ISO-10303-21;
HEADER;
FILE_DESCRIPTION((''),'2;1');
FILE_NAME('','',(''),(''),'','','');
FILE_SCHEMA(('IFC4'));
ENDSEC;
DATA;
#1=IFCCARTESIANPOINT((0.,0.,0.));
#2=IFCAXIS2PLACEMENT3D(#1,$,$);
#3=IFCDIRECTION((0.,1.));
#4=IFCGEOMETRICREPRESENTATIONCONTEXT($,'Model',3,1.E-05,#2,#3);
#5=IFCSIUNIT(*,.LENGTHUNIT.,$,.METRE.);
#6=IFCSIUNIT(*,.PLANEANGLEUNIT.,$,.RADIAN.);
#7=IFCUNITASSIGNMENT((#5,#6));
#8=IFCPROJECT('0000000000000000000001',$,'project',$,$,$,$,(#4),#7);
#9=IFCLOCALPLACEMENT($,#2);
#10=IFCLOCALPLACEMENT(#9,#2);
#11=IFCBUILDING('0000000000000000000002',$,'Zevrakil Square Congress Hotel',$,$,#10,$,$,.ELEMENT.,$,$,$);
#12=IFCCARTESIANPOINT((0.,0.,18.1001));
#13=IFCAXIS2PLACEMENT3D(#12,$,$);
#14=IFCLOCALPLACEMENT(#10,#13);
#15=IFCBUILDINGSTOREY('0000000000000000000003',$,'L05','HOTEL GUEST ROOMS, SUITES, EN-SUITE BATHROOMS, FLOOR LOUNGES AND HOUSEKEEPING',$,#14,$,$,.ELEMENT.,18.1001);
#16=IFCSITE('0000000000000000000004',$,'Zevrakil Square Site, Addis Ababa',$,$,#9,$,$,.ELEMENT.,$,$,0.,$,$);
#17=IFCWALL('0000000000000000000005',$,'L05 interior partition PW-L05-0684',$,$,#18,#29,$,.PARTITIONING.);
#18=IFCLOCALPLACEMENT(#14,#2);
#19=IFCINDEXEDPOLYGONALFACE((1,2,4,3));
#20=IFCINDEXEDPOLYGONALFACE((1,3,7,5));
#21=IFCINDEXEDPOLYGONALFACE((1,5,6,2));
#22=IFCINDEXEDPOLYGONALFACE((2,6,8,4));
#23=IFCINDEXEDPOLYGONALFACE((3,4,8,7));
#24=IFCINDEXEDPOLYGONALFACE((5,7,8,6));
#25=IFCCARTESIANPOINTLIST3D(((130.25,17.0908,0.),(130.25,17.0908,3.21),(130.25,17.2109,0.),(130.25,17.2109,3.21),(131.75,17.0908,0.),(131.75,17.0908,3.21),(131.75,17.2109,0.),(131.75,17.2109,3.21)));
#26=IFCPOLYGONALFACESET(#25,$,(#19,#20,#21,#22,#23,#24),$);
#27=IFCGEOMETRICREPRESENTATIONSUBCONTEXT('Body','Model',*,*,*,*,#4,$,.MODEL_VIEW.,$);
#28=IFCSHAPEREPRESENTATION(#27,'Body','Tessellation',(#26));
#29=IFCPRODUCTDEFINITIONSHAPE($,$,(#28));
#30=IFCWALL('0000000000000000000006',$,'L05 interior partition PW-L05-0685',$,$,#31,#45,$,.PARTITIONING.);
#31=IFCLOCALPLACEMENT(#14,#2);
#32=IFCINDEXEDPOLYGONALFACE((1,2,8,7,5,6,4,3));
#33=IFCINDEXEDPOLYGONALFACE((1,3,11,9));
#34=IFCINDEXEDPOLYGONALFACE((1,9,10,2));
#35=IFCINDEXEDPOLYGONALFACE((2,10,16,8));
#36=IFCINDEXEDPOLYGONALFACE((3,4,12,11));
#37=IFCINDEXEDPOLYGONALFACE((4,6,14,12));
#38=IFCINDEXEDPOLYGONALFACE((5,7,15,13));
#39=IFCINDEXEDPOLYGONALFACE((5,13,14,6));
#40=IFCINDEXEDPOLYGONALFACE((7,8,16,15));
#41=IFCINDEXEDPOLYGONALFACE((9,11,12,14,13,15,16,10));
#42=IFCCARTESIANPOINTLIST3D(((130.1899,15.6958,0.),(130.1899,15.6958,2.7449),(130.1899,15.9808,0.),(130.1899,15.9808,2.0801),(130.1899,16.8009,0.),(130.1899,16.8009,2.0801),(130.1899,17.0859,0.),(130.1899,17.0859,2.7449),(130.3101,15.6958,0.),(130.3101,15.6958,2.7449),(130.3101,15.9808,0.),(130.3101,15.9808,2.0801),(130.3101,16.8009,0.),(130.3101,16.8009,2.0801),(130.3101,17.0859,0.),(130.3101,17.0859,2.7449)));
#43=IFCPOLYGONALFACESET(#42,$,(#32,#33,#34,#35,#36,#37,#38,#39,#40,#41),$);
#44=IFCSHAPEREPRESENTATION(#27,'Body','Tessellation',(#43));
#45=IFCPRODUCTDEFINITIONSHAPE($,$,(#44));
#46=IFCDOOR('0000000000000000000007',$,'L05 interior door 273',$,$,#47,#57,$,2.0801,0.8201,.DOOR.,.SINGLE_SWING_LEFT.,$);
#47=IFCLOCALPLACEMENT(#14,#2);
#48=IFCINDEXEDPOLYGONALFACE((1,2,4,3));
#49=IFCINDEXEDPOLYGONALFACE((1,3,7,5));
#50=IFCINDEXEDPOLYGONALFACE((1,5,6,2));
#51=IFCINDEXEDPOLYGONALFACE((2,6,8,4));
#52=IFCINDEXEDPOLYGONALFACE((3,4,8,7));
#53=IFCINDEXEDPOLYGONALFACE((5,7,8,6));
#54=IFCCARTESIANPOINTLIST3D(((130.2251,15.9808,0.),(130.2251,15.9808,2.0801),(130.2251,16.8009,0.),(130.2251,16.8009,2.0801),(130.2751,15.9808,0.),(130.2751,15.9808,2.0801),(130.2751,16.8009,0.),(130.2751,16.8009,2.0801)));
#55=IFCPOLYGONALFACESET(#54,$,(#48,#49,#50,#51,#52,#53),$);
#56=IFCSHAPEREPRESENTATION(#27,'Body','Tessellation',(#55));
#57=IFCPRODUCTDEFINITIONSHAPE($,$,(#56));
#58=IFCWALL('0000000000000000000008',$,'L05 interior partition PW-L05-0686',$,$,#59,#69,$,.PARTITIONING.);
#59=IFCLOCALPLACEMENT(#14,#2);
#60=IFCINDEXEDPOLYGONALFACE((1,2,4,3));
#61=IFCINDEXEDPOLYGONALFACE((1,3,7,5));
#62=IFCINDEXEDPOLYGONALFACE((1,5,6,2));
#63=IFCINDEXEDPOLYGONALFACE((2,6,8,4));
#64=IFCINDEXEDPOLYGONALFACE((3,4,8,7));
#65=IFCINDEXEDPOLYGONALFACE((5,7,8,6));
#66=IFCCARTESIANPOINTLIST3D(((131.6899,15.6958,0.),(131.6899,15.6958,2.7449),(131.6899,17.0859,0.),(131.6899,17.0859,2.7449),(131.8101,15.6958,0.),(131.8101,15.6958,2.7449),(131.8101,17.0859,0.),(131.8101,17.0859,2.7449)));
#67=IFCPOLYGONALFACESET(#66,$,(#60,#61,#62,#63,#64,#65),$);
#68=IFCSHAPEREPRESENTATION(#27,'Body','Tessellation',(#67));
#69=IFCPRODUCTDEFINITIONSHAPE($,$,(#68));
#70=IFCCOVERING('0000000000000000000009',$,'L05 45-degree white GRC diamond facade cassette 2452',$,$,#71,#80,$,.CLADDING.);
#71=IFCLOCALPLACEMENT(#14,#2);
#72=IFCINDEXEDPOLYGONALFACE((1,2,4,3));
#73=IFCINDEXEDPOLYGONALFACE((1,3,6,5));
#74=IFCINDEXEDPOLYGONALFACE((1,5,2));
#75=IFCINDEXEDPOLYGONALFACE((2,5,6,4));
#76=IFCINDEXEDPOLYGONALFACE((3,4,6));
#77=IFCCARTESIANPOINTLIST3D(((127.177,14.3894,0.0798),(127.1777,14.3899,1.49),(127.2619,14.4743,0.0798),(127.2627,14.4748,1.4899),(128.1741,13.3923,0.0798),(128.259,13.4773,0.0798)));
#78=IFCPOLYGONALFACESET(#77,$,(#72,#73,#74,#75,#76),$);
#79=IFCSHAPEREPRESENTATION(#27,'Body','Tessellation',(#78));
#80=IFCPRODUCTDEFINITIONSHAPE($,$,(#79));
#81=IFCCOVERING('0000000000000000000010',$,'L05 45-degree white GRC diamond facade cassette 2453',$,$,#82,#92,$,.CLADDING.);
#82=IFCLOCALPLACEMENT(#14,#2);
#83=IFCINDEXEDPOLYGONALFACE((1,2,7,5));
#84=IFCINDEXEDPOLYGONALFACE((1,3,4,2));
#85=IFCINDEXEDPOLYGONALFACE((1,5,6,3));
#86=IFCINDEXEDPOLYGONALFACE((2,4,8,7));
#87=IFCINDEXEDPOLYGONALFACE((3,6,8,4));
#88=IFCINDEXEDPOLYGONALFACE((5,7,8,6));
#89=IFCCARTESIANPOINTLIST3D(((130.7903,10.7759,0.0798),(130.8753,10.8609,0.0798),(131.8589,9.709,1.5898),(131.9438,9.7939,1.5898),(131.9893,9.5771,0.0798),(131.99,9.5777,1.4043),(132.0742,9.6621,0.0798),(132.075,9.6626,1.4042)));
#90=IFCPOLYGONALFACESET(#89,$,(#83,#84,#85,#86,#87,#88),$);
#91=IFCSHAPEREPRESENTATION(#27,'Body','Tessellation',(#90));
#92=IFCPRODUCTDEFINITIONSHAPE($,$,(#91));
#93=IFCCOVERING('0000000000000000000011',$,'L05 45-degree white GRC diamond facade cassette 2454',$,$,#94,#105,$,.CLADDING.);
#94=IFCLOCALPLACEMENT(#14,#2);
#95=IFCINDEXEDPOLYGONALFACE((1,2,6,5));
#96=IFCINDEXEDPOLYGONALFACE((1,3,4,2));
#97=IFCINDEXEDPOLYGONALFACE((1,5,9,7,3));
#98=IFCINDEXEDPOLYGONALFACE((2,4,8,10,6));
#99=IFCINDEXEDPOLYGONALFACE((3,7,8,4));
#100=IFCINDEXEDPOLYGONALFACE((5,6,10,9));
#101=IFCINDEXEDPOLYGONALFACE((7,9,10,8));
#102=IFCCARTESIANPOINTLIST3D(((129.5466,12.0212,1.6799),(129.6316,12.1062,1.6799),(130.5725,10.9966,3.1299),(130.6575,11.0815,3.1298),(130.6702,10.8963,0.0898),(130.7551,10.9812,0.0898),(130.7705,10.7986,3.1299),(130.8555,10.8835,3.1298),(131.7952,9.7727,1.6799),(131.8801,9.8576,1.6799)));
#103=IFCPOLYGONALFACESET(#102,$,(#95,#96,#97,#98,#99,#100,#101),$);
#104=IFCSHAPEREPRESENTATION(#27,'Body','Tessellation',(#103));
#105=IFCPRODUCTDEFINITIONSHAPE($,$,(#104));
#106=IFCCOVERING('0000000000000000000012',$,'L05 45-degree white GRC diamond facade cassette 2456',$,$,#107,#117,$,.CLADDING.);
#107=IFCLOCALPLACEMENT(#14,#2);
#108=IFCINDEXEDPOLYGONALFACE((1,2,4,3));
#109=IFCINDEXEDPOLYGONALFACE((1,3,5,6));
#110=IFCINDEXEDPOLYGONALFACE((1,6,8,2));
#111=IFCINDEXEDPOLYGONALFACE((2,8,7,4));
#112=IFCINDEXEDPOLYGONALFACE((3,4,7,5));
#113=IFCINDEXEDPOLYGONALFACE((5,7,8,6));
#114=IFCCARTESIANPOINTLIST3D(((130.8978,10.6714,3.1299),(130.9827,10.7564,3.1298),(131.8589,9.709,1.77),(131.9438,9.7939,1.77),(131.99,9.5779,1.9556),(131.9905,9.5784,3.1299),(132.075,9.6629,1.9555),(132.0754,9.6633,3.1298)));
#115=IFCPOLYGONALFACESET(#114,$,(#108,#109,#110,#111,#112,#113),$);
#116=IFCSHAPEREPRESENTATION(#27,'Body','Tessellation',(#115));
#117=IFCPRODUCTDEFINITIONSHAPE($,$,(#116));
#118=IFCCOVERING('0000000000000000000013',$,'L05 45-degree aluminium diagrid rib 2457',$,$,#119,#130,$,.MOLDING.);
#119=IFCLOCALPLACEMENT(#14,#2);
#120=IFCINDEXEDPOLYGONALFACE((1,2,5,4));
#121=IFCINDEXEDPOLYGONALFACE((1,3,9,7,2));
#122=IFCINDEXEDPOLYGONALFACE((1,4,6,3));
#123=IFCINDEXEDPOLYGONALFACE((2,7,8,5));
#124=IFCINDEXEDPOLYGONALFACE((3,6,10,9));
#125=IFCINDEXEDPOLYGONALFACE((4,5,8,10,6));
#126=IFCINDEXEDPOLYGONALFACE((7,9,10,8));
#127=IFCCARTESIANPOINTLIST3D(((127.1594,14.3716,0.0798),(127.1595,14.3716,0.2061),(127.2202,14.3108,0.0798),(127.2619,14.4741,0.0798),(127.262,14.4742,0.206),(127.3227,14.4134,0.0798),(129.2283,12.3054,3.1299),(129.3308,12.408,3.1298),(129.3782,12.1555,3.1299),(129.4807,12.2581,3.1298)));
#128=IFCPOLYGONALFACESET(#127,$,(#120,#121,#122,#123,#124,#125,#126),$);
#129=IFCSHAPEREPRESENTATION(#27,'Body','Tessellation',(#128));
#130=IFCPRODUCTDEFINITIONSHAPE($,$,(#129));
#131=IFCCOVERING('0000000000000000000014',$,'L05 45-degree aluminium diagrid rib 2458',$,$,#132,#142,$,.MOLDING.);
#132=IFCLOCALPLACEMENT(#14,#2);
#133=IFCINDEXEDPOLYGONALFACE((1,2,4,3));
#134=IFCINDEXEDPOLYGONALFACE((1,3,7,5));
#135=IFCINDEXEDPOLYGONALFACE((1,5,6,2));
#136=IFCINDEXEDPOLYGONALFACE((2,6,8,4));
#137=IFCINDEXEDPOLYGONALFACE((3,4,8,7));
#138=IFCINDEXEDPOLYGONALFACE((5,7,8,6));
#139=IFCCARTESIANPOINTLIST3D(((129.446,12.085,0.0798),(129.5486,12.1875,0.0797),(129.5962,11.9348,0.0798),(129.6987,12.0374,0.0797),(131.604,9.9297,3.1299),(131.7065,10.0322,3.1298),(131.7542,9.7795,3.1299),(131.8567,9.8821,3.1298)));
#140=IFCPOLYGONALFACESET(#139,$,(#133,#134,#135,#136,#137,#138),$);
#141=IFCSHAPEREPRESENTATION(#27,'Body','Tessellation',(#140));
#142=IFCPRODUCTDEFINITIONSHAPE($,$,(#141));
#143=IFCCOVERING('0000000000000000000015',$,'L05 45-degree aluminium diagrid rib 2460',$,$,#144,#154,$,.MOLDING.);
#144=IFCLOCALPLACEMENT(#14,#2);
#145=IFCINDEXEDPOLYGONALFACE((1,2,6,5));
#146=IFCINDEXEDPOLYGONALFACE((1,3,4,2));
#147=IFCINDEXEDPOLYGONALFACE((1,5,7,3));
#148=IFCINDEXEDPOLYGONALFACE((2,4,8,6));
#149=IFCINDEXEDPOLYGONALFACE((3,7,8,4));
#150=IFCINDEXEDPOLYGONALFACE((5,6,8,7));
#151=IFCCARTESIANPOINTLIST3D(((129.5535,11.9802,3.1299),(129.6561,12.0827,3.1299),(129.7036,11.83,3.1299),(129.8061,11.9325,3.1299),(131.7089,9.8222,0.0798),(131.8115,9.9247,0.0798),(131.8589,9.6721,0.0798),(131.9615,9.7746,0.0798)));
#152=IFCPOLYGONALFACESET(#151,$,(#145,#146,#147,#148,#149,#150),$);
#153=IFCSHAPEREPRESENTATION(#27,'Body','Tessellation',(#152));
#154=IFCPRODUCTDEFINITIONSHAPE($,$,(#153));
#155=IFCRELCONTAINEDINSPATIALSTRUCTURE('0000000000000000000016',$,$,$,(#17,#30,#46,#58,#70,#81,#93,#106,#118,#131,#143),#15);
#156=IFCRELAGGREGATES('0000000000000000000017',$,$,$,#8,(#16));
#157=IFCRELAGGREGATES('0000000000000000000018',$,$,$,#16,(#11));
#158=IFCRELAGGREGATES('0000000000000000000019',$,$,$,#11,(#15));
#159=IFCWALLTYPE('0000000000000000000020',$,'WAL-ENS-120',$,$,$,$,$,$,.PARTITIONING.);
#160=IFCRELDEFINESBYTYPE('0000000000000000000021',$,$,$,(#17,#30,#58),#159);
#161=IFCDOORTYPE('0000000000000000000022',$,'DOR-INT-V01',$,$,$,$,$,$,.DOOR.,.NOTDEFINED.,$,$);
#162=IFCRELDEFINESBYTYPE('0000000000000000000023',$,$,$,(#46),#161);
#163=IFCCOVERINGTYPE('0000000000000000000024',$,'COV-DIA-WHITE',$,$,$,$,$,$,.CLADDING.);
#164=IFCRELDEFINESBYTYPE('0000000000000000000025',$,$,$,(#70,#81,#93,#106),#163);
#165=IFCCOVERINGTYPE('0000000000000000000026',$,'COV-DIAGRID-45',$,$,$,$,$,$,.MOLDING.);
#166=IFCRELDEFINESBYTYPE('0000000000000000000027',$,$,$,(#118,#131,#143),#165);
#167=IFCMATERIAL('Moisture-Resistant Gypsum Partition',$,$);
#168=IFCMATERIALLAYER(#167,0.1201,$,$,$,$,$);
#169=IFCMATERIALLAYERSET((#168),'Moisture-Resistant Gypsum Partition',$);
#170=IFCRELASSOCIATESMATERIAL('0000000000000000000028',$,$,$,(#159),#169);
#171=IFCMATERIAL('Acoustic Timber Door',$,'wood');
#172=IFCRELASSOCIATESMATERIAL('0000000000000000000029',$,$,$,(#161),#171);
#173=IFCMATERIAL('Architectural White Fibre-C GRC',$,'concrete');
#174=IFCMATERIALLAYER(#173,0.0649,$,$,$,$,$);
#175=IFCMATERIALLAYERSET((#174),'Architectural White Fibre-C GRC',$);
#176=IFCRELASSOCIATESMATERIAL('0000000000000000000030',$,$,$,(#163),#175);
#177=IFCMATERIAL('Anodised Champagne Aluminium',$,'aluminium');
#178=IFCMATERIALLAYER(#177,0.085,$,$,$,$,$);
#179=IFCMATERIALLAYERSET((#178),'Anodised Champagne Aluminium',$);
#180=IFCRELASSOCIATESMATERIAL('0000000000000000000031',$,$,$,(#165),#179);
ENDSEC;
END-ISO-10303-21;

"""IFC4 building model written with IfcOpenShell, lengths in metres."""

from ifc_helpers import new_model, si_unit, direction, frame, frame_2d, origin, place, context, subcontext, project, spatial, polyline, rectangle, outline, extrude, material, layer, layer_set, type_object, element, fill, save


model = new_model("IFC4")

# Units and contexts
model_context = context("Model", 3, precision=1e-05, world=origin(), true_north=direction((0.0, 1.0)))
body_context = subcontext(model_context, "Body", "Model", "MODEL_VIEW")
ifc_project = project(units=[si_unit("LENGTHUNIT", "METRE"), si_unit("PLANEANGLEUNIT", "RADIAN")], contexts=[model_context])

# Site, building, storey
site_placement = place(None, origin())
site = spatial("IfcSite", under=ifc_project, at=site_placement, Name="Zevrakil Square Site, Addis Ababa", CompositionType="ELEMENT", RefElevation=0.0)
building_placement = place(site_placement, origin())
building = spatial("IfcBuilding", under=site, at=building_placement, Name="Zevrakil Square Congress Hotel", CompositionType="ELEMENT")
storey_placement = place(building_placement, frame((0.0, 0.0, 18.1001)))
storey = spatial("IfcBuildingStorey", under=building, at=storey_placement, Name="L05", Description="HOTEL GUEST ROOMS, SUITES, EN-SUITE BATHROOMS, FLOOR LOUNGES AND HOUSEKEEPING", CompositionType="ELEMENT", Elevation=18.1001)

# Shared definitions
ifc_material_1 = material(Name="Moisture-Resistant Gypsum Partition")
ifc_layer_1 = layer(ifc_material_1, 0.1201)
ifc_layer_set_1 = layer_set([ifc_layer_1], Name="Moisture-Resistant Gypsum Partition")
wall_type = type_object("IfcWallType", Name="WAL-ENS-120", PredefinedType="PARTITIONING", material=ifc_layer_set_1)

# Shared definitions
ifc_material_2 = material(Name="Acoustic Timber Door", Category="wood")
door_type = type_object("IfcDoorType", Name="DOR-INT-V01", OperationType="NOTDEFINED", PredefinedType="DOOR", material=ifc_material_2)

# Wall
for number, where, z_axis, x_axis, name in (
    (1, (130.25, 17.1509, 0.0), (0.0, 0.0, 1.0), (1.0, 0.0, 0.0), "L05 interior partition PW-L05-0684"),
):
    element("IfcWall", number, at=place(storey_placement, frame(where, z_axis=z_axis, x_axis=x_axis)), inside=storey, type_object=wall_type, Name=name, PredefinedType="PARTITIONING", context=body_context, shape_type="SweptSolid", body=[
        extrude(rectangle(XDim=1.5, YDim=0.1201, at=frame_2d((0.75, 0.0))), origin(), (0.0, 0.0, 1.0), 3.21),
    ])

# Wall, opening, door
wall_1_placement = place(storey_placement, frame((130.25, 15.6958, 0.0), z_axis=(0.0, 0.0, 1.0), x_axis=(0.0, 1.0, 0.0)))
wall_1 = element("IfcWall", 2, at=wall_1_placement, inside=storey, type_object=wall_type, Name="L05 interior partition PW-L05-0685", PredefinedType="PARTITIONING", context=body_context, shape_type="SweptSolid", body=[
    extrude(rectangle(XDim=1.3901, YDim=0.1201, at=frame_2d((0.6951, 0.0))), origin(), (0.0, 0.0, 1.0), 2.7449),
])
opening_1_placement = place(wall_1_placement, frame((0.2849, 0.0, 0.0)))
opening_1 = element("IfcOpeningElement", 3, at=opening_1_placement, cuts=wall_1, PredefinedType="OPENING", context=body_context, shape_type="SweptSolid", body=[
    extrude(rectangle(XDim=0.8201, YDim=2.0801, at=frame_2d((0.4102, 1.04))), frame((0.0, 0.0701, 0.0), z_axis=(0.0, -1.0, 0.0), x_axis=(1.0, 0.0, 0.0)), (0.0, 0.0, 1.0), 0.1401),
])
door_1_placement = place(opening_1_placement, origin())
door_1 = element("IfcDoor", 4, at=door_1_placement, inside=storey, type_object=door_type, Name="L05 interior door 273", OperationType="SINGLE_SWING_LEFT", OverallHeight=2.0801, OverallWidth=0.8201, PredefinedType="DOOR", context=body_context, shape_type="SweptSolid", body=[
    extrude(rectangle(XDim=0.8201, YDim=2.0801, at=frame_2d((0.4102, 1.04))), frame((0.0, 0.0249, 0.0), z_axis=(0.0, -1.0, 0.0), x_axis=(1.0, 0.0, 0.0)), (0.0, 0.0, 1.0), 0.05),
])
fill(opening_1, door_1)

# Wall
wall_2_placement = place(storey_placement, frame((131.75, 15.6958, 0.0), z_axis=(0.0, 0.0, 1.0), x_axis=(0.0, 1.0, 0.0)))
element("IfcWall", 5, at=wall_2_placement, inside=storey, type_object=wall_type, Name="L05 interior partition PW-L05-0686", PredefinedType="PARTITIONING", context=body_context, shape_type="SweptSolid", body=[
    extrude(rectangle(XDim=1.3901, YDim=0.1201, at=frame_2d((0.6951, 0.0))), origin(), (0.0, 0.0, 1.0), 2.7449),
])

# Coverings
ifc_material_3 = material(Name="Architectural White Fibre-C GRC", Category="concrete")
ifc_layer_2 = layer(ifc_material_3, 0.0649)
ifc_layer_set_2 = layer_set([ifc_layer_2], Name="Architectural White Fibre-C GRC")
covering_type_1 = type_object("IfcCoveringType", Name="COV-DIA-WHITE", PredefinedType="CLADDING", material=ifc_layer_set_2)
covering_1_placement = place(storey_placement, frame((128.1741, 13.3923, 0.0798), z_axis=(-0.707107, -0.707107, 0.000612), x_axis=(-0.707107, 0.707107, 0.0)))
element("IfcCovering", 6, at=covering_1_placement, inside=storey, type_object=covering_type_1, Name="L05 45-degree white GRC diamond facade cassette 2452", PredefinedType="CLADDING", context=body_context, shape_type="SweptSolid", body=[
    extrude(outline(polyline([(0.0, 0.0), (1.4101, 0.0), (1.4099, -1.4102), (0.0, 0.0)])), origin(), (0.0, 0.0, -1.0), 0.1201),
])
covering_2_placement = place(storey_placement, frame((131.8589, 9.709, 1.5898), z_axis=(-0.707058, -0.707155, 0.000694), x_axis=(0.499733, -0.500359, -0.707042)))
element("IfcCovering", 7, at=covering_2_placement, inside=storey, type_object=covering_type_1, Name="L05 45-degree white GRC diamond facade cassette 2453", PredefinedType="CLADDING", context=body_context, shape_type="SweptSolid", body=[
    extrude(outline(polyline([(0.0, 0.0), (0.2624, 0.0), (1.1988, -0.9367), (-0.0002, -2.1355), (0.0, 0.0)])), origin(), (0.0, 0.0, -1.0), 0.1201),
])
covering_3_placement = place(storey_placement, frame((131.7952, 9.7727, 1.6799), z_axis=(-0.707107, -0.707107, 0.000623), x_axis=(-0.500291, 0.499667, -0.707136)))
element("IfcCovering", 8, at=covering_3_placement, inside=storey, type_object=covering_type_1, Name="L05 45-degree white GRC diamond facade cassette 2454", PredefinedType="CLADDING", context=body_context, shape_type="SweptSolid", body=[
    extrude(outline(polyline([(0.0, 0.0), (2.2486, 0.0), (2.2484, -2.2486), (0.1979, -2.2485), (-0.0001, -2.0505), (0.0, 0.0)])), origin(), (0.0, 0.0, -1.0), 0.1201),
])
covering_4_placement = place(storey_placement, frame((131.8589, 9.709, 1.77), z_axis=(-0.707217, -0.706996, 0.000529), x_axis=(-0.499715, 0.500401, 0.707025)))
element("IfcCovering", 9, at=covering_4_placement, inside=storey, type_object=covering_type_1, Name="L05 45-degree white GRC diamond facade cassette 2456", PredefinedType="CLADDING", context=body_context, shape_type="SweptSolid", body=[
    extrude(outline(polyline([(0.0, 0.0), (1.9234, 0.0), (0.8303, -1.0928), (0.0001, -0.2623), (0.0, 0.0)])), origin(), (0.0, 0.0, -1.0), 0.1201),
])
ifc_material_4 = material(Name="Anodised Champagne Aluminium", Category="aluminium")
ifc_layer_3 = layer(ifc_material_4, 0.085)
ifc_layer_set_3 = layer_set([ifc_layer_3], Name="Anodised Champagne Aluminium")
covering_type_2 = type_object("IfcCoveringType", Name="COV-DIAGRID-45", PredefinedType="MOLDING", material=ifc_layer_set_3)
covering_5_placement = place(storey_placement, frame((127.2202, 14.3108, 0.0798), z_axis=(-0.706974, -0.707239, 0.000443), x_axis=(-0.707239, 0.706974, 0.0)))
element("IfcCovering", 10, at=covering_5_placement, inside=storey, type_object=covering_type_2, Name="L05 45-degree aluminium diagrid rib 2457", PredefinedType="MOLDING", context=body_context, shape_type="SweptSolid", body=[
    extrude(outline(polyline([(0.0, 0.0), (0.086, 0.0), (0.086, -0.1262), (-2.8379, -3.05), (-3.0499, -3.05), (0.0, 0.0)])), origin(), (0.0, 0.0, -1.0), 0.145),
])
covering_6_placement = place(storey_placement, frame((129.5962, 11.9348, 0.0798), z_axis=(-0.707107, -0.707107, 0.000623), x_axis=(-0.707107, 0.707107, 0.0)))
element("IfcCovering", 11, at=covering_6_placement, inside=storey, type_object=covering_type_2, Name="L05 45-degree aluminium diagrid rib 2458", PredefinedType="MOLDING", context=body_context, shape_type="SweptSolid", body=[
    extrude(outline(polyline([(0.0, 0.0), (0.2123, 0.0), (-2.8376, -3.05), (-3.0499, -3.05), (0.0, 0.0)])), origin(), (0.0, 0.0, -1.0), 0.145),
])
covering_7_placement = place(storey_placement, frame((129.5535, 11.9802, 3.1299), z_axis=(-0.707394, -0.706819, 0.000188), x_axis=(0.706819, -0.707394, 0.0)))
element("IfcCovering", 12, at=covering_7_placement, inside=storey, type_object=covering_type_2, Name="L05 45-degree aluminium diagrid rib 2460", PredefinedType="MOLDING", context=body_context, shape_type="SweptSolid", body=[
    extrude(outline(polyline([(0.0, 0.0), (0.2123, 0.0), (3.2623, -3.05), (3.0501, -3.05), (0.0, 0.0)])), origin(), (0.0, 0.0, -1.0), 0.145),
])

save(model, "model.ifc")
